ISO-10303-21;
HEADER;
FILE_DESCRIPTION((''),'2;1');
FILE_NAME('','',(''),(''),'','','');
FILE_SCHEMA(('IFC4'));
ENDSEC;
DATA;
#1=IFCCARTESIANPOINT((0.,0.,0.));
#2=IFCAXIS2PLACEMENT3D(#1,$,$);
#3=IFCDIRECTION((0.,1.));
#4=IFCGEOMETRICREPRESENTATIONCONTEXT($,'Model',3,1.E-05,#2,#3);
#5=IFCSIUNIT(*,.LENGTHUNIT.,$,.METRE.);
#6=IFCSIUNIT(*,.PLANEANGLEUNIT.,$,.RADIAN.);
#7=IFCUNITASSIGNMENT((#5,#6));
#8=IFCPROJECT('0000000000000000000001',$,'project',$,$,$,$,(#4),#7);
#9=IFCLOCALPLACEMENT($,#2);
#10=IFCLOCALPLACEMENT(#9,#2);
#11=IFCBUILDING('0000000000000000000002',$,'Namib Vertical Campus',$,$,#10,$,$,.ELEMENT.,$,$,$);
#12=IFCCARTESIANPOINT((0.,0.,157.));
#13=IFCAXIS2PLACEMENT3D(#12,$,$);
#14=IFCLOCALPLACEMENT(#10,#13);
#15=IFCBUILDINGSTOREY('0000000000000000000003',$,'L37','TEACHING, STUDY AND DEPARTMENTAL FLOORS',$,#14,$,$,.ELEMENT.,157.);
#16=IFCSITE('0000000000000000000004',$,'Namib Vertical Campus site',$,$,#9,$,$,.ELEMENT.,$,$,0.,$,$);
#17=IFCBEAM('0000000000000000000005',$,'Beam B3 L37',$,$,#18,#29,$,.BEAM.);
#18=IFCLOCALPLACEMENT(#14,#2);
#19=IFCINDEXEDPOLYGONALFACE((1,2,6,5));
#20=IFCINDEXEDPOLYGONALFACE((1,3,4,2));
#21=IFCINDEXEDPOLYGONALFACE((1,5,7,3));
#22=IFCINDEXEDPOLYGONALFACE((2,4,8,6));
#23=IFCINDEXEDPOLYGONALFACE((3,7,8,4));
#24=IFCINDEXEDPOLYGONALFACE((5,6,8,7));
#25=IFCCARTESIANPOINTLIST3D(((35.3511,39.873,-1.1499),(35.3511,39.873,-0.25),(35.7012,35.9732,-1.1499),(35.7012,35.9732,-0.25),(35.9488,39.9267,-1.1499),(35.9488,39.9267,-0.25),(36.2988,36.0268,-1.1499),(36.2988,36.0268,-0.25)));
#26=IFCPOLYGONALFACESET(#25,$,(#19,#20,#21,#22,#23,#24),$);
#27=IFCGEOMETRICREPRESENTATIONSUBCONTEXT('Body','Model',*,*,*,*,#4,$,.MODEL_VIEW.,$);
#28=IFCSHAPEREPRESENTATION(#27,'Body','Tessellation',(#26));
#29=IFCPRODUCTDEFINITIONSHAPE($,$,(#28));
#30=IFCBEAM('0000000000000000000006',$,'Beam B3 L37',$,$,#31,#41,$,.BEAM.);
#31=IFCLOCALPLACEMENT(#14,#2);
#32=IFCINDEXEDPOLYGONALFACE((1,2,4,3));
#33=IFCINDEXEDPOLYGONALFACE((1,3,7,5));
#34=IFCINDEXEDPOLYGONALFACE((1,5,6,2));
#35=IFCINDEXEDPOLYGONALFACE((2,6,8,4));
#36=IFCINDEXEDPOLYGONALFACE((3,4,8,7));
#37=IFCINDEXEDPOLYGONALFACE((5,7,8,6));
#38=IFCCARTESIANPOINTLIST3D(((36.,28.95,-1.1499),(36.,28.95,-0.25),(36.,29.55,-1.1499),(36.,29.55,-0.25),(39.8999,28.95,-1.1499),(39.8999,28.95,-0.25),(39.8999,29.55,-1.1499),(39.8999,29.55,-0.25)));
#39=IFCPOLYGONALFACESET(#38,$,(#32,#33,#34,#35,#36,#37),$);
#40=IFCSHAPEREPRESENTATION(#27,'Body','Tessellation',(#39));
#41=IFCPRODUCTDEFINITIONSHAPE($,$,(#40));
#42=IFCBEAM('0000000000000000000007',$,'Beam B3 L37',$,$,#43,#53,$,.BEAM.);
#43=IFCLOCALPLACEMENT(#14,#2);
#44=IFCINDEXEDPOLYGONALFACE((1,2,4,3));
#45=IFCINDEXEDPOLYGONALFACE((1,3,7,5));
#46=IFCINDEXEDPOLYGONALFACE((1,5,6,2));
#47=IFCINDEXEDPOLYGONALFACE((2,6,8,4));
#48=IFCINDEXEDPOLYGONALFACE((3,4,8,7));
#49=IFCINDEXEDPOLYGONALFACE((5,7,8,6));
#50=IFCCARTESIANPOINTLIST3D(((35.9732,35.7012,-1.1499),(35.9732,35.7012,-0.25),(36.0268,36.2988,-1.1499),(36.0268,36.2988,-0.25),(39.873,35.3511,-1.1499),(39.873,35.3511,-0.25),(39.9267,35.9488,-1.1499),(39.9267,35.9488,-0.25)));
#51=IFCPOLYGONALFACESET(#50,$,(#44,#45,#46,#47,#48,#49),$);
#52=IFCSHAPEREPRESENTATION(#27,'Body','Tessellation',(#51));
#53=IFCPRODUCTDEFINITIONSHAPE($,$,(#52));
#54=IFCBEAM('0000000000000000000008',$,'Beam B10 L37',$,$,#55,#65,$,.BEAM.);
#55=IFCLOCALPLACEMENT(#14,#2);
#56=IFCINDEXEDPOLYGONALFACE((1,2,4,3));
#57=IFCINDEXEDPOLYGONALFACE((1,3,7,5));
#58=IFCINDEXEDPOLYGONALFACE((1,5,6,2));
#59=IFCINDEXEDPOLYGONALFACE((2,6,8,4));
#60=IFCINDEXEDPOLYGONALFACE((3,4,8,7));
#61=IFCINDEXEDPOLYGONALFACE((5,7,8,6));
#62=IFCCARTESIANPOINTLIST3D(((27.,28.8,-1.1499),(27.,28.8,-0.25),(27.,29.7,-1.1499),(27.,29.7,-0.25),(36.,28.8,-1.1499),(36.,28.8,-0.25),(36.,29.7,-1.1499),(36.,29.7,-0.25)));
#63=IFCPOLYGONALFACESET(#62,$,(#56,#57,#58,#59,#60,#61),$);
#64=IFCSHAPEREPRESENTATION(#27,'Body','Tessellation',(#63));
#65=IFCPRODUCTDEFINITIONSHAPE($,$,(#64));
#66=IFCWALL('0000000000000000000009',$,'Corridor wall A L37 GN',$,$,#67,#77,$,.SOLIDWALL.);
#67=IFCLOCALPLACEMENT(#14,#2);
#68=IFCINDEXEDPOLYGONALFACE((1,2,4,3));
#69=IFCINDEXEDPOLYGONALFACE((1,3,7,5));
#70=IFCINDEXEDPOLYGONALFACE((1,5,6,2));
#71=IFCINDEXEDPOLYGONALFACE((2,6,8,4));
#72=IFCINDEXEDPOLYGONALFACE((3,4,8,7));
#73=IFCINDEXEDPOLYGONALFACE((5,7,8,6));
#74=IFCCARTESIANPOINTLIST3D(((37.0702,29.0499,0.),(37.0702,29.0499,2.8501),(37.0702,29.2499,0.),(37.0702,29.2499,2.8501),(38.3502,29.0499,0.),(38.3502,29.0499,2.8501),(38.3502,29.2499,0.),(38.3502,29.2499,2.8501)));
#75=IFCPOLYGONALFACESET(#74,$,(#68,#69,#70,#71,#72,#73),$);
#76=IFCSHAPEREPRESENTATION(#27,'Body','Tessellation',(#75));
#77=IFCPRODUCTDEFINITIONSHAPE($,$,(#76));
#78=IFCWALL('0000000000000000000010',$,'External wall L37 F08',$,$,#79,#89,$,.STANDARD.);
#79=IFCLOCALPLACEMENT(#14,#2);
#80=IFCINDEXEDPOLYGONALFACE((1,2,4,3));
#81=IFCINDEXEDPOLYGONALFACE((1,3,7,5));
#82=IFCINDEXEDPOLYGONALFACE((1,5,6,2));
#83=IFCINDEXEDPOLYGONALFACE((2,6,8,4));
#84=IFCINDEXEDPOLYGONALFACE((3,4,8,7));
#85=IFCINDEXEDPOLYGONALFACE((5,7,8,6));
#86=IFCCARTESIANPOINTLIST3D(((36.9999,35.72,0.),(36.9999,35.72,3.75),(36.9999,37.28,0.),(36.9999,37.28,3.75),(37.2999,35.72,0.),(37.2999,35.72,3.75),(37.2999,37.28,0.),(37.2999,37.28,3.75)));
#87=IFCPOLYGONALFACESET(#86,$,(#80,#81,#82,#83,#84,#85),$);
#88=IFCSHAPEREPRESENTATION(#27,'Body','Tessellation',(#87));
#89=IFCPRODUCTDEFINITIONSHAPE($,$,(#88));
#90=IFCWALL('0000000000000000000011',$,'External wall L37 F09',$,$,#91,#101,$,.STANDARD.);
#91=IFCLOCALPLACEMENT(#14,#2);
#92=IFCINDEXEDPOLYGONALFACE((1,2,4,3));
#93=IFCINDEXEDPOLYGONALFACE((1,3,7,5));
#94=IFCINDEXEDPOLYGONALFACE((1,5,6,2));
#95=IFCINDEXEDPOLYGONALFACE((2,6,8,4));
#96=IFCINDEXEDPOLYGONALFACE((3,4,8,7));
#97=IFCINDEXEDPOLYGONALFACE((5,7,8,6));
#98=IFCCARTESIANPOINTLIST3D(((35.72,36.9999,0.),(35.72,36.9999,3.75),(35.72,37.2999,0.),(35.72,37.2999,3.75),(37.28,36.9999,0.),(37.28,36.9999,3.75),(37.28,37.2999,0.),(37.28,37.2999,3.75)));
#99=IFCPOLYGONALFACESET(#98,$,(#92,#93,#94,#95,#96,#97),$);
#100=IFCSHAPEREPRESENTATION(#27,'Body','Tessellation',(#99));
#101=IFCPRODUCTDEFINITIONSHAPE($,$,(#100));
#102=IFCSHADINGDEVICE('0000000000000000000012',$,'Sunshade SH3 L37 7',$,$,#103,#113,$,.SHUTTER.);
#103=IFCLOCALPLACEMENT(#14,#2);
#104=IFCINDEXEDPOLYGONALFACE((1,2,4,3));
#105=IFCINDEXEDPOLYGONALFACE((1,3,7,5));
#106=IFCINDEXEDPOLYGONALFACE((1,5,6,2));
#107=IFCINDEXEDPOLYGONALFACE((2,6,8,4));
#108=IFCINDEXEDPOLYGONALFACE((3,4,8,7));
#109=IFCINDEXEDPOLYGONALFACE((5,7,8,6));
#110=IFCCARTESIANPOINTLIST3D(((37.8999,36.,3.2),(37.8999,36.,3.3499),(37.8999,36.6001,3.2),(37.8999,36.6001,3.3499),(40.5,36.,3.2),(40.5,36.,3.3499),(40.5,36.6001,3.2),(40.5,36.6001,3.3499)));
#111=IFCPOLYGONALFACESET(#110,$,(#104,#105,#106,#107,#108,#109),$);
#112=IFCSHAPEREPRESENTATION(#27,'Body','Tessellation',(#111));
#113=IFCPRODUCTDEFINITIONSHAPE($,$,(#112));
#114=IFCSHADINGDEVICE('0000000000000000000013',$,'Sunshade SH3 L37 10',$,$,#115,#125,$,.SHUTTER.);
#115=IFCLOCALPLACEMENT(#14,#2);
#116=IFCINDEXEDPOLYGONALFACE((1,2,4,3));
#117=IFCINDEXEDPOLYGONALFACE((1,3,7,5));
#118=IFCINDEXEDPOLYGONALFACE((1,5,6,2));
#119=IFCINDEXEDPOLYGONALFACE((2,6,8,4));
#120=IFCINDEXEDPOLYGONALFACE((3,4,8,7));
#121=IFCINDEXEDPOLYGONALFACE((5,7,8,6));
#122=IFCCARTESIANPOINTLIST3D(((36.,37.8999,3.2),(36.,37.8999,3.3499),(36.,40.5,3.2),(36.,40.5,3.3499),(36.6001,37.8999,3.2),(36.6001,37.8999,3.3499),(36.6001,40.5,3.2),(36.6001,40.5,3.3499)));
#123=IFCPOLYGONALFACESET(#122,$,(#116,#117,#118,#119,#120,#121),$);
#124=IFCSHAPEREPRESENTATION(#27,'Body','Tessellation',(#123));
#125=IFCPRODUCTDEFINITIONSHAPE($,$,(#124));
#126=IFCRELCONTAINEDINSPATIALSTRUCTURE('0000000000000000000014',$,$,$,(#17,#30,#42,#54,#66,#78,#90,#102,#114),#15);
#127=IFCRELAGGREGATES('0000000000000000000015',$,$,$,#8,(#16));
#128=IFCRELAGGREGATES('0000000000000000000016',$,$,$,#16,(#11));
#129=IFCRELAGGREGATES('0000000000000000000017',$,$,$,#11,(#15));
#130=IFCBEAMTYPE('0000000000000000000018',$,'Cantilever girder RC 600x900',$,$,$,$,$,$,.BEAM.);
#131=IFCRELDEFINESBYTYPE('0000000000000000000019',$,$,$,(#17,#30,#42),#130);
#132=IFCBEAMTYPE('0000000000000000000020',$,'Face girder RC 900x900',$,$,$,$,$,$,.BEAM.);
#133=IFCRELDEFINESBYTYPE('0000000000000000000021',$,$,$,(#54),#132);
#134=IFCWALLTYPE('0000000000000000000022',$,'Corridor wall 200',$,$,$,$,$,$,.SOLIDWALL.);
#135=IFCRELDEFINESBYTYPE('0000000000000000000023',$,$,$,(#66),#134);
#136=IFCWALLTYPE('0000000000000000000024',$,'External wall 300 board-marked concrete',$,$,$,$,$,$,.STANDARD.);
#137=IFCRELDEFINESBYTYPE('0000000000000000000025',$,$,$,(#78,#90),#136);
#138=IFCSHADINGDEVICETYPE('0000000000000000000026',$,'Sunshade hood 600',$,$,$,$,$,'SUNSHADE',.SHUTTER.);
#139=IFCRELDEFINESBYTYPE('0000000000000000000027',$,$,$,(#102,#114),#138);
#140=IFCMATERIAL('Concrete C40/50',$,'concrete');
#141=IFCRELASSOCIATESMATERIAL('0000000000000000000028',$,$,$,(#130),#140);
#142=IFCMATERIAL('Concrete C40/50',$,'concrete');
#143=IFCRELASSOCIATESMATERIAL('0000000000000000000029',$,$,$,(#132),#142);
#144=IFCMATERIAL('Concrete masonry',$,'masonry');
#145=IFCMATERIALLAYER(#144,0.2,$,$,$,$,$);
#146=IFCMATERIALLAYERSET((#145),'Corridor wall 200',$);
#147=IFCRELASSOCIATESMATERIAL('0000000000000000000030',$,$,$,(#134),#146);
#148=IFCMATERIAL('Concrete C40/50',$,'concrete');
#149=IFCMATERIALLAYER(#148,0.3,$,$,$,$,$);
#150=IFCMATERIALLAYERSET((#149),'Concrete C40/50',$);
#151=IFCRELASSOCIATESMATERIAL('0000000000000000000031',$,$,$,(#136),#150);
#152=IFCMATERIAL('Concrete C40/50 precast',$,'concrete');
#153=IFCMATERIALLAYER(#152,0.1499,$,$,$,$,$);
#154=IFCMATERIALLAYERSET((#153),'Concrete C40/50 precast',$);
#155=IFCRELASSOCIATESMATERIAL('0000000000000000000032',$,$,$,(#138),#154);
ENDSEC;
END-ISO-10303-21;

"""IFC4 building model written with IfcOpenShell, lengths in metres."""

from ifc_helpers import new_model, si_unit, direction, frame, frame_2d, origin, origin_2d, place, context, subcontext, project, spatial, rectangle, extrude, material, layer, layer_set, material_profile, profile_set, type_object, element, save


model = new_model("IFC4")

# Units and contexts
model_context = context("Model", 3, precision=1e-05, world=origin(), true_north=direction((0.0, 1.0)))
body_context = subcontext(model_context, "Body", "Model", "MODEL_VIEW")
ifc_project = project(units=[si_unit("LENGTHUNIT", "METRE"), si_unit("PLANEANGLEUNIT", "RADIAN")], contexts=[model_context])

# Site, building, storey
site_placement = place(None, origin())
site = spatial("IfcSite", under=ifc_project, at=site_placement, Name="Namib Vertical Campus site", CompositionType="ELEMENT", RefElevation=0.0)
building_placement = place(site_placement, origin())
building = spatial("IfcBuilding", under=site, at=building_placement, Name="Namib Vertical Campus", CompositionType="ELEMENT")
storey_placement = place(building_placement, frame((0.0, 0.0, 157.0)))
storey = spatial("IfcBuildingStorey", under=building, at=storey_placement, Name="L37", Description="TEACHING, STUDY AND DEPARTMENTAL FLOORS", CompositionType="ELEMENT", Elevation=157.0)

# Beams
ifc_material_1 = material(Name="Concrete C40/50", Category="concrete")
ifc_material_profile_1 = material_profile(ifc_material_1, rectangle(XDim=0.6001, YDim=0.8999, at=origin_2d()))
ifc_profile_set_1 = profile_set([ifc_material_profile_1], Name="Concrete C40/50")
beam_type_1 = type_object("IfcBeamType", Name="Cantilever girder RC 600x900", PredefinedType="BEAM", material=ifc_profile_set_1)
beam_1_placement = place(storey_placement, frame((36.0, 36.0, -0.7), z_axis=(-0.089411, 0.995995, 0.0), x_axis=(-0.995995, -0.089411, 0.0)))
element("IfcBeam", 1, at=beam_1_placement, inside=storey, type_object=beam_type_1, Name="Beam B3 L37", PredefinedType="BEAM", context=body_context, shape_type="SweptSolid", body=[
    extrude(rectangle(XDim=0.6001, YDim=0.8999, at=origin_2d()), origin(), (0.0, 0.0, 1.0), 3.9155),
])
beam_2_placement = place(storey_placement, frame((36.0, 29.25, -0.7), z_axis=(1.0, 0.0, 0.0), x_axis=(0.0, 1.0, 0.0)))
element("IfcBeam", 2, at=beam_2_placement, inside=storey, type_object=beam_type_1, Name="Beam B3 L37", PredefinedType="BEAM", context=body_context, shape_type="SweptSolid", body=[
    extrude(rectangle(XDim=0.6001, YDim=0.8999, at=origin_2d()), origin(), (0.0, 0.0, 1.0), 3.8999),
])
beam_3_placement = place(storey_placement, frame((36.0, 36.0, -0.7), z_axis=(0.995995, -0.089411, 0.0), x_axis=(0.089411, 0.995995, 0.0)))
element("IfcBeam", 3, at=beam_3_placement, inside=storey, type_object=beam_type_1, Name="Beam B3 L37", PredefinedType="BEAM", context=body_context, shape_type="SweptSolid", body=[
    extrude(rectangle(XDim=0.6001, YDim=0.8999, at=origin_2d()), origin(), (0.0, 0.0, 1.0), 3.9155),
])
ifc_material_2 = material(Name="Concrete C40/50", Category="concrete")
ifc_material_profile_2 = material_profile(ifc_material_2, rectangle(XDim=0.8999, YDim=0.8999, at=origin_2d()))
ifc_profile_set_2 = profile_set([ifc_material_profile_2], Name="Concrete C40/50")
beam_type_2 = type_object("IfcBeamType", Name="Face girder RC 900x900", PredefinedType="BEAM", material=ifc_profile_set_2)
beam_4_placement = place(storey_placement, frame((36.0, 29.25, -0.7), z_axis=(-1.0, 0.0, 0.0), x_axis=(0.0, -1.0, 0.0)))
element("IfcBeam", 4, at=beam_4_placement, inside=storey, type_object=beam_type_2, Name="Beam B10 L37", PredefinedType="BEAM", context=body_context, shape_type="SweptSolid", body=[
    extrude(rectangle(XDim=0.8999, YDim=0.8999, at=origin_2d()), origin(), (0.0, 0.0, 1.0), 9.0),
])

# Walls
ifc_material_3 = material(Name="Concrete masonry", Category="masonry")
ifc_layer_1 = layer(ifc_material_3, 0.2)
ifc_layer_set_1 = layer_set([ifc_layer_1], Name="Corridor wall 200")
wall_type_1 = type_object("IfcWallType", Name="Corridor wall 200", PredefinedType="SOLIDWALL", material=ifc_layer_set_1)
wall_placement = place(storey_placement, frame((37.0701, 29.1499, 0.0), z_axis=(0.0, 0.0, 1.0), x_axis=(1.0, 0.0, 0.0)))
element("IfcWall", 5, at=wall_placement, inside=storey, type_object=wall_type_1, Name="Corridor wall A L37 GN", PredefinedType="SOLIDWALL", context=body_context, shape_type="SweptSolid", body=[
    extrude(rectangle(XDim=1.28, YDim=0.2, at=frame_2d((0.6401, 0.0))), origin(), (0.0, 0.0, 1.0), 2.8501),
])
ifc_material_4 = material(Name="Concrete C40/50", Category="concrete")
ifc_layer_2 = layer(ifc_material_4, 0.3)
ifc_layer_set_2 = layer_set([ifc_layer_2], Name="Concrete C40/50")
wall_type_2 = type_object("IfcWallType", Name="External wall 300 board-marked concrete", PredefinedType="STANDARD", material=ifc_layer_set_2)
for number, where, z_axis, x_axis, name in (
    (6, (37.1499, 35.72, 0.0), (0.0, 0.0, 1.0), (0.0, 1.0, 0.0), "External wall L37 F08"),
    (7, (37.28, 37.1499, 0.0), (0.0, 0.0, 1.0), (-1.0, 0.0, 0.0), "External wall L37 F09"),
):
    element("IfcWall", number, at=place(storey_placement, frame(where, z_axis=z_axis, x_axis=x_axis)), inside=storey, type_object=wall_type_2, Name=name, PredefinedType="STANDARD", context=body_context, shape_type="SweptSolid", body=[
        extrude(rectangle(XDim=1.5601, YDim=0.3, at=frame_2d((0.78, 0.0))), origin(), (0.0, 0.0, 1.0), 3.75),
    ])

# Shading devices
ifc_material_5 = material(Name="Concrete C40/50 precast", Category="concrete")
ifc_layer_3 = layer(ifc_material_5, 0.1499)
ifc_layer_set_3 = layer_set([ifc_layer_3], Name="Concrete C40/50 precast")
shading_device_type = type_object("IfcShadingDeviceType", Name="Sunshade hood 600", ElementType="SUNSHADE", PredefinedType="SHUTTER", material=ifc_layer_set_3)
for number, where, z_axis, x_axis, name in (
    (8, (39.2, 36.3, 3.2), (0.0, 0.0, 1.0), (-1.0, 0.0, 0.0), "Sunshade SH3 L37 7"),
    (9, (36.3, 39.2, 3.2), (0.0, 0.0, 1.0), (0.0, 1.0, 0.0), "Sunshade SH3 L37 10"),
):
    element("IfcShadingDevice", number, at=place(storey_placement, frame(where, z_axis=z_axis, x_axis=x_axis)), inside=storey, type_object=shading_device_type, Name=name, PredefinedType="SHUTTER", context=body_context, shape_type="SweptSolid", body=[
        extrude(rectangle(XDim=2.6001, YDim=0.6001, at=origin_2d()), origin(), (0.0, 0.0, 1.0), 0.1499),
    ])

save(model, "model.ifc")
